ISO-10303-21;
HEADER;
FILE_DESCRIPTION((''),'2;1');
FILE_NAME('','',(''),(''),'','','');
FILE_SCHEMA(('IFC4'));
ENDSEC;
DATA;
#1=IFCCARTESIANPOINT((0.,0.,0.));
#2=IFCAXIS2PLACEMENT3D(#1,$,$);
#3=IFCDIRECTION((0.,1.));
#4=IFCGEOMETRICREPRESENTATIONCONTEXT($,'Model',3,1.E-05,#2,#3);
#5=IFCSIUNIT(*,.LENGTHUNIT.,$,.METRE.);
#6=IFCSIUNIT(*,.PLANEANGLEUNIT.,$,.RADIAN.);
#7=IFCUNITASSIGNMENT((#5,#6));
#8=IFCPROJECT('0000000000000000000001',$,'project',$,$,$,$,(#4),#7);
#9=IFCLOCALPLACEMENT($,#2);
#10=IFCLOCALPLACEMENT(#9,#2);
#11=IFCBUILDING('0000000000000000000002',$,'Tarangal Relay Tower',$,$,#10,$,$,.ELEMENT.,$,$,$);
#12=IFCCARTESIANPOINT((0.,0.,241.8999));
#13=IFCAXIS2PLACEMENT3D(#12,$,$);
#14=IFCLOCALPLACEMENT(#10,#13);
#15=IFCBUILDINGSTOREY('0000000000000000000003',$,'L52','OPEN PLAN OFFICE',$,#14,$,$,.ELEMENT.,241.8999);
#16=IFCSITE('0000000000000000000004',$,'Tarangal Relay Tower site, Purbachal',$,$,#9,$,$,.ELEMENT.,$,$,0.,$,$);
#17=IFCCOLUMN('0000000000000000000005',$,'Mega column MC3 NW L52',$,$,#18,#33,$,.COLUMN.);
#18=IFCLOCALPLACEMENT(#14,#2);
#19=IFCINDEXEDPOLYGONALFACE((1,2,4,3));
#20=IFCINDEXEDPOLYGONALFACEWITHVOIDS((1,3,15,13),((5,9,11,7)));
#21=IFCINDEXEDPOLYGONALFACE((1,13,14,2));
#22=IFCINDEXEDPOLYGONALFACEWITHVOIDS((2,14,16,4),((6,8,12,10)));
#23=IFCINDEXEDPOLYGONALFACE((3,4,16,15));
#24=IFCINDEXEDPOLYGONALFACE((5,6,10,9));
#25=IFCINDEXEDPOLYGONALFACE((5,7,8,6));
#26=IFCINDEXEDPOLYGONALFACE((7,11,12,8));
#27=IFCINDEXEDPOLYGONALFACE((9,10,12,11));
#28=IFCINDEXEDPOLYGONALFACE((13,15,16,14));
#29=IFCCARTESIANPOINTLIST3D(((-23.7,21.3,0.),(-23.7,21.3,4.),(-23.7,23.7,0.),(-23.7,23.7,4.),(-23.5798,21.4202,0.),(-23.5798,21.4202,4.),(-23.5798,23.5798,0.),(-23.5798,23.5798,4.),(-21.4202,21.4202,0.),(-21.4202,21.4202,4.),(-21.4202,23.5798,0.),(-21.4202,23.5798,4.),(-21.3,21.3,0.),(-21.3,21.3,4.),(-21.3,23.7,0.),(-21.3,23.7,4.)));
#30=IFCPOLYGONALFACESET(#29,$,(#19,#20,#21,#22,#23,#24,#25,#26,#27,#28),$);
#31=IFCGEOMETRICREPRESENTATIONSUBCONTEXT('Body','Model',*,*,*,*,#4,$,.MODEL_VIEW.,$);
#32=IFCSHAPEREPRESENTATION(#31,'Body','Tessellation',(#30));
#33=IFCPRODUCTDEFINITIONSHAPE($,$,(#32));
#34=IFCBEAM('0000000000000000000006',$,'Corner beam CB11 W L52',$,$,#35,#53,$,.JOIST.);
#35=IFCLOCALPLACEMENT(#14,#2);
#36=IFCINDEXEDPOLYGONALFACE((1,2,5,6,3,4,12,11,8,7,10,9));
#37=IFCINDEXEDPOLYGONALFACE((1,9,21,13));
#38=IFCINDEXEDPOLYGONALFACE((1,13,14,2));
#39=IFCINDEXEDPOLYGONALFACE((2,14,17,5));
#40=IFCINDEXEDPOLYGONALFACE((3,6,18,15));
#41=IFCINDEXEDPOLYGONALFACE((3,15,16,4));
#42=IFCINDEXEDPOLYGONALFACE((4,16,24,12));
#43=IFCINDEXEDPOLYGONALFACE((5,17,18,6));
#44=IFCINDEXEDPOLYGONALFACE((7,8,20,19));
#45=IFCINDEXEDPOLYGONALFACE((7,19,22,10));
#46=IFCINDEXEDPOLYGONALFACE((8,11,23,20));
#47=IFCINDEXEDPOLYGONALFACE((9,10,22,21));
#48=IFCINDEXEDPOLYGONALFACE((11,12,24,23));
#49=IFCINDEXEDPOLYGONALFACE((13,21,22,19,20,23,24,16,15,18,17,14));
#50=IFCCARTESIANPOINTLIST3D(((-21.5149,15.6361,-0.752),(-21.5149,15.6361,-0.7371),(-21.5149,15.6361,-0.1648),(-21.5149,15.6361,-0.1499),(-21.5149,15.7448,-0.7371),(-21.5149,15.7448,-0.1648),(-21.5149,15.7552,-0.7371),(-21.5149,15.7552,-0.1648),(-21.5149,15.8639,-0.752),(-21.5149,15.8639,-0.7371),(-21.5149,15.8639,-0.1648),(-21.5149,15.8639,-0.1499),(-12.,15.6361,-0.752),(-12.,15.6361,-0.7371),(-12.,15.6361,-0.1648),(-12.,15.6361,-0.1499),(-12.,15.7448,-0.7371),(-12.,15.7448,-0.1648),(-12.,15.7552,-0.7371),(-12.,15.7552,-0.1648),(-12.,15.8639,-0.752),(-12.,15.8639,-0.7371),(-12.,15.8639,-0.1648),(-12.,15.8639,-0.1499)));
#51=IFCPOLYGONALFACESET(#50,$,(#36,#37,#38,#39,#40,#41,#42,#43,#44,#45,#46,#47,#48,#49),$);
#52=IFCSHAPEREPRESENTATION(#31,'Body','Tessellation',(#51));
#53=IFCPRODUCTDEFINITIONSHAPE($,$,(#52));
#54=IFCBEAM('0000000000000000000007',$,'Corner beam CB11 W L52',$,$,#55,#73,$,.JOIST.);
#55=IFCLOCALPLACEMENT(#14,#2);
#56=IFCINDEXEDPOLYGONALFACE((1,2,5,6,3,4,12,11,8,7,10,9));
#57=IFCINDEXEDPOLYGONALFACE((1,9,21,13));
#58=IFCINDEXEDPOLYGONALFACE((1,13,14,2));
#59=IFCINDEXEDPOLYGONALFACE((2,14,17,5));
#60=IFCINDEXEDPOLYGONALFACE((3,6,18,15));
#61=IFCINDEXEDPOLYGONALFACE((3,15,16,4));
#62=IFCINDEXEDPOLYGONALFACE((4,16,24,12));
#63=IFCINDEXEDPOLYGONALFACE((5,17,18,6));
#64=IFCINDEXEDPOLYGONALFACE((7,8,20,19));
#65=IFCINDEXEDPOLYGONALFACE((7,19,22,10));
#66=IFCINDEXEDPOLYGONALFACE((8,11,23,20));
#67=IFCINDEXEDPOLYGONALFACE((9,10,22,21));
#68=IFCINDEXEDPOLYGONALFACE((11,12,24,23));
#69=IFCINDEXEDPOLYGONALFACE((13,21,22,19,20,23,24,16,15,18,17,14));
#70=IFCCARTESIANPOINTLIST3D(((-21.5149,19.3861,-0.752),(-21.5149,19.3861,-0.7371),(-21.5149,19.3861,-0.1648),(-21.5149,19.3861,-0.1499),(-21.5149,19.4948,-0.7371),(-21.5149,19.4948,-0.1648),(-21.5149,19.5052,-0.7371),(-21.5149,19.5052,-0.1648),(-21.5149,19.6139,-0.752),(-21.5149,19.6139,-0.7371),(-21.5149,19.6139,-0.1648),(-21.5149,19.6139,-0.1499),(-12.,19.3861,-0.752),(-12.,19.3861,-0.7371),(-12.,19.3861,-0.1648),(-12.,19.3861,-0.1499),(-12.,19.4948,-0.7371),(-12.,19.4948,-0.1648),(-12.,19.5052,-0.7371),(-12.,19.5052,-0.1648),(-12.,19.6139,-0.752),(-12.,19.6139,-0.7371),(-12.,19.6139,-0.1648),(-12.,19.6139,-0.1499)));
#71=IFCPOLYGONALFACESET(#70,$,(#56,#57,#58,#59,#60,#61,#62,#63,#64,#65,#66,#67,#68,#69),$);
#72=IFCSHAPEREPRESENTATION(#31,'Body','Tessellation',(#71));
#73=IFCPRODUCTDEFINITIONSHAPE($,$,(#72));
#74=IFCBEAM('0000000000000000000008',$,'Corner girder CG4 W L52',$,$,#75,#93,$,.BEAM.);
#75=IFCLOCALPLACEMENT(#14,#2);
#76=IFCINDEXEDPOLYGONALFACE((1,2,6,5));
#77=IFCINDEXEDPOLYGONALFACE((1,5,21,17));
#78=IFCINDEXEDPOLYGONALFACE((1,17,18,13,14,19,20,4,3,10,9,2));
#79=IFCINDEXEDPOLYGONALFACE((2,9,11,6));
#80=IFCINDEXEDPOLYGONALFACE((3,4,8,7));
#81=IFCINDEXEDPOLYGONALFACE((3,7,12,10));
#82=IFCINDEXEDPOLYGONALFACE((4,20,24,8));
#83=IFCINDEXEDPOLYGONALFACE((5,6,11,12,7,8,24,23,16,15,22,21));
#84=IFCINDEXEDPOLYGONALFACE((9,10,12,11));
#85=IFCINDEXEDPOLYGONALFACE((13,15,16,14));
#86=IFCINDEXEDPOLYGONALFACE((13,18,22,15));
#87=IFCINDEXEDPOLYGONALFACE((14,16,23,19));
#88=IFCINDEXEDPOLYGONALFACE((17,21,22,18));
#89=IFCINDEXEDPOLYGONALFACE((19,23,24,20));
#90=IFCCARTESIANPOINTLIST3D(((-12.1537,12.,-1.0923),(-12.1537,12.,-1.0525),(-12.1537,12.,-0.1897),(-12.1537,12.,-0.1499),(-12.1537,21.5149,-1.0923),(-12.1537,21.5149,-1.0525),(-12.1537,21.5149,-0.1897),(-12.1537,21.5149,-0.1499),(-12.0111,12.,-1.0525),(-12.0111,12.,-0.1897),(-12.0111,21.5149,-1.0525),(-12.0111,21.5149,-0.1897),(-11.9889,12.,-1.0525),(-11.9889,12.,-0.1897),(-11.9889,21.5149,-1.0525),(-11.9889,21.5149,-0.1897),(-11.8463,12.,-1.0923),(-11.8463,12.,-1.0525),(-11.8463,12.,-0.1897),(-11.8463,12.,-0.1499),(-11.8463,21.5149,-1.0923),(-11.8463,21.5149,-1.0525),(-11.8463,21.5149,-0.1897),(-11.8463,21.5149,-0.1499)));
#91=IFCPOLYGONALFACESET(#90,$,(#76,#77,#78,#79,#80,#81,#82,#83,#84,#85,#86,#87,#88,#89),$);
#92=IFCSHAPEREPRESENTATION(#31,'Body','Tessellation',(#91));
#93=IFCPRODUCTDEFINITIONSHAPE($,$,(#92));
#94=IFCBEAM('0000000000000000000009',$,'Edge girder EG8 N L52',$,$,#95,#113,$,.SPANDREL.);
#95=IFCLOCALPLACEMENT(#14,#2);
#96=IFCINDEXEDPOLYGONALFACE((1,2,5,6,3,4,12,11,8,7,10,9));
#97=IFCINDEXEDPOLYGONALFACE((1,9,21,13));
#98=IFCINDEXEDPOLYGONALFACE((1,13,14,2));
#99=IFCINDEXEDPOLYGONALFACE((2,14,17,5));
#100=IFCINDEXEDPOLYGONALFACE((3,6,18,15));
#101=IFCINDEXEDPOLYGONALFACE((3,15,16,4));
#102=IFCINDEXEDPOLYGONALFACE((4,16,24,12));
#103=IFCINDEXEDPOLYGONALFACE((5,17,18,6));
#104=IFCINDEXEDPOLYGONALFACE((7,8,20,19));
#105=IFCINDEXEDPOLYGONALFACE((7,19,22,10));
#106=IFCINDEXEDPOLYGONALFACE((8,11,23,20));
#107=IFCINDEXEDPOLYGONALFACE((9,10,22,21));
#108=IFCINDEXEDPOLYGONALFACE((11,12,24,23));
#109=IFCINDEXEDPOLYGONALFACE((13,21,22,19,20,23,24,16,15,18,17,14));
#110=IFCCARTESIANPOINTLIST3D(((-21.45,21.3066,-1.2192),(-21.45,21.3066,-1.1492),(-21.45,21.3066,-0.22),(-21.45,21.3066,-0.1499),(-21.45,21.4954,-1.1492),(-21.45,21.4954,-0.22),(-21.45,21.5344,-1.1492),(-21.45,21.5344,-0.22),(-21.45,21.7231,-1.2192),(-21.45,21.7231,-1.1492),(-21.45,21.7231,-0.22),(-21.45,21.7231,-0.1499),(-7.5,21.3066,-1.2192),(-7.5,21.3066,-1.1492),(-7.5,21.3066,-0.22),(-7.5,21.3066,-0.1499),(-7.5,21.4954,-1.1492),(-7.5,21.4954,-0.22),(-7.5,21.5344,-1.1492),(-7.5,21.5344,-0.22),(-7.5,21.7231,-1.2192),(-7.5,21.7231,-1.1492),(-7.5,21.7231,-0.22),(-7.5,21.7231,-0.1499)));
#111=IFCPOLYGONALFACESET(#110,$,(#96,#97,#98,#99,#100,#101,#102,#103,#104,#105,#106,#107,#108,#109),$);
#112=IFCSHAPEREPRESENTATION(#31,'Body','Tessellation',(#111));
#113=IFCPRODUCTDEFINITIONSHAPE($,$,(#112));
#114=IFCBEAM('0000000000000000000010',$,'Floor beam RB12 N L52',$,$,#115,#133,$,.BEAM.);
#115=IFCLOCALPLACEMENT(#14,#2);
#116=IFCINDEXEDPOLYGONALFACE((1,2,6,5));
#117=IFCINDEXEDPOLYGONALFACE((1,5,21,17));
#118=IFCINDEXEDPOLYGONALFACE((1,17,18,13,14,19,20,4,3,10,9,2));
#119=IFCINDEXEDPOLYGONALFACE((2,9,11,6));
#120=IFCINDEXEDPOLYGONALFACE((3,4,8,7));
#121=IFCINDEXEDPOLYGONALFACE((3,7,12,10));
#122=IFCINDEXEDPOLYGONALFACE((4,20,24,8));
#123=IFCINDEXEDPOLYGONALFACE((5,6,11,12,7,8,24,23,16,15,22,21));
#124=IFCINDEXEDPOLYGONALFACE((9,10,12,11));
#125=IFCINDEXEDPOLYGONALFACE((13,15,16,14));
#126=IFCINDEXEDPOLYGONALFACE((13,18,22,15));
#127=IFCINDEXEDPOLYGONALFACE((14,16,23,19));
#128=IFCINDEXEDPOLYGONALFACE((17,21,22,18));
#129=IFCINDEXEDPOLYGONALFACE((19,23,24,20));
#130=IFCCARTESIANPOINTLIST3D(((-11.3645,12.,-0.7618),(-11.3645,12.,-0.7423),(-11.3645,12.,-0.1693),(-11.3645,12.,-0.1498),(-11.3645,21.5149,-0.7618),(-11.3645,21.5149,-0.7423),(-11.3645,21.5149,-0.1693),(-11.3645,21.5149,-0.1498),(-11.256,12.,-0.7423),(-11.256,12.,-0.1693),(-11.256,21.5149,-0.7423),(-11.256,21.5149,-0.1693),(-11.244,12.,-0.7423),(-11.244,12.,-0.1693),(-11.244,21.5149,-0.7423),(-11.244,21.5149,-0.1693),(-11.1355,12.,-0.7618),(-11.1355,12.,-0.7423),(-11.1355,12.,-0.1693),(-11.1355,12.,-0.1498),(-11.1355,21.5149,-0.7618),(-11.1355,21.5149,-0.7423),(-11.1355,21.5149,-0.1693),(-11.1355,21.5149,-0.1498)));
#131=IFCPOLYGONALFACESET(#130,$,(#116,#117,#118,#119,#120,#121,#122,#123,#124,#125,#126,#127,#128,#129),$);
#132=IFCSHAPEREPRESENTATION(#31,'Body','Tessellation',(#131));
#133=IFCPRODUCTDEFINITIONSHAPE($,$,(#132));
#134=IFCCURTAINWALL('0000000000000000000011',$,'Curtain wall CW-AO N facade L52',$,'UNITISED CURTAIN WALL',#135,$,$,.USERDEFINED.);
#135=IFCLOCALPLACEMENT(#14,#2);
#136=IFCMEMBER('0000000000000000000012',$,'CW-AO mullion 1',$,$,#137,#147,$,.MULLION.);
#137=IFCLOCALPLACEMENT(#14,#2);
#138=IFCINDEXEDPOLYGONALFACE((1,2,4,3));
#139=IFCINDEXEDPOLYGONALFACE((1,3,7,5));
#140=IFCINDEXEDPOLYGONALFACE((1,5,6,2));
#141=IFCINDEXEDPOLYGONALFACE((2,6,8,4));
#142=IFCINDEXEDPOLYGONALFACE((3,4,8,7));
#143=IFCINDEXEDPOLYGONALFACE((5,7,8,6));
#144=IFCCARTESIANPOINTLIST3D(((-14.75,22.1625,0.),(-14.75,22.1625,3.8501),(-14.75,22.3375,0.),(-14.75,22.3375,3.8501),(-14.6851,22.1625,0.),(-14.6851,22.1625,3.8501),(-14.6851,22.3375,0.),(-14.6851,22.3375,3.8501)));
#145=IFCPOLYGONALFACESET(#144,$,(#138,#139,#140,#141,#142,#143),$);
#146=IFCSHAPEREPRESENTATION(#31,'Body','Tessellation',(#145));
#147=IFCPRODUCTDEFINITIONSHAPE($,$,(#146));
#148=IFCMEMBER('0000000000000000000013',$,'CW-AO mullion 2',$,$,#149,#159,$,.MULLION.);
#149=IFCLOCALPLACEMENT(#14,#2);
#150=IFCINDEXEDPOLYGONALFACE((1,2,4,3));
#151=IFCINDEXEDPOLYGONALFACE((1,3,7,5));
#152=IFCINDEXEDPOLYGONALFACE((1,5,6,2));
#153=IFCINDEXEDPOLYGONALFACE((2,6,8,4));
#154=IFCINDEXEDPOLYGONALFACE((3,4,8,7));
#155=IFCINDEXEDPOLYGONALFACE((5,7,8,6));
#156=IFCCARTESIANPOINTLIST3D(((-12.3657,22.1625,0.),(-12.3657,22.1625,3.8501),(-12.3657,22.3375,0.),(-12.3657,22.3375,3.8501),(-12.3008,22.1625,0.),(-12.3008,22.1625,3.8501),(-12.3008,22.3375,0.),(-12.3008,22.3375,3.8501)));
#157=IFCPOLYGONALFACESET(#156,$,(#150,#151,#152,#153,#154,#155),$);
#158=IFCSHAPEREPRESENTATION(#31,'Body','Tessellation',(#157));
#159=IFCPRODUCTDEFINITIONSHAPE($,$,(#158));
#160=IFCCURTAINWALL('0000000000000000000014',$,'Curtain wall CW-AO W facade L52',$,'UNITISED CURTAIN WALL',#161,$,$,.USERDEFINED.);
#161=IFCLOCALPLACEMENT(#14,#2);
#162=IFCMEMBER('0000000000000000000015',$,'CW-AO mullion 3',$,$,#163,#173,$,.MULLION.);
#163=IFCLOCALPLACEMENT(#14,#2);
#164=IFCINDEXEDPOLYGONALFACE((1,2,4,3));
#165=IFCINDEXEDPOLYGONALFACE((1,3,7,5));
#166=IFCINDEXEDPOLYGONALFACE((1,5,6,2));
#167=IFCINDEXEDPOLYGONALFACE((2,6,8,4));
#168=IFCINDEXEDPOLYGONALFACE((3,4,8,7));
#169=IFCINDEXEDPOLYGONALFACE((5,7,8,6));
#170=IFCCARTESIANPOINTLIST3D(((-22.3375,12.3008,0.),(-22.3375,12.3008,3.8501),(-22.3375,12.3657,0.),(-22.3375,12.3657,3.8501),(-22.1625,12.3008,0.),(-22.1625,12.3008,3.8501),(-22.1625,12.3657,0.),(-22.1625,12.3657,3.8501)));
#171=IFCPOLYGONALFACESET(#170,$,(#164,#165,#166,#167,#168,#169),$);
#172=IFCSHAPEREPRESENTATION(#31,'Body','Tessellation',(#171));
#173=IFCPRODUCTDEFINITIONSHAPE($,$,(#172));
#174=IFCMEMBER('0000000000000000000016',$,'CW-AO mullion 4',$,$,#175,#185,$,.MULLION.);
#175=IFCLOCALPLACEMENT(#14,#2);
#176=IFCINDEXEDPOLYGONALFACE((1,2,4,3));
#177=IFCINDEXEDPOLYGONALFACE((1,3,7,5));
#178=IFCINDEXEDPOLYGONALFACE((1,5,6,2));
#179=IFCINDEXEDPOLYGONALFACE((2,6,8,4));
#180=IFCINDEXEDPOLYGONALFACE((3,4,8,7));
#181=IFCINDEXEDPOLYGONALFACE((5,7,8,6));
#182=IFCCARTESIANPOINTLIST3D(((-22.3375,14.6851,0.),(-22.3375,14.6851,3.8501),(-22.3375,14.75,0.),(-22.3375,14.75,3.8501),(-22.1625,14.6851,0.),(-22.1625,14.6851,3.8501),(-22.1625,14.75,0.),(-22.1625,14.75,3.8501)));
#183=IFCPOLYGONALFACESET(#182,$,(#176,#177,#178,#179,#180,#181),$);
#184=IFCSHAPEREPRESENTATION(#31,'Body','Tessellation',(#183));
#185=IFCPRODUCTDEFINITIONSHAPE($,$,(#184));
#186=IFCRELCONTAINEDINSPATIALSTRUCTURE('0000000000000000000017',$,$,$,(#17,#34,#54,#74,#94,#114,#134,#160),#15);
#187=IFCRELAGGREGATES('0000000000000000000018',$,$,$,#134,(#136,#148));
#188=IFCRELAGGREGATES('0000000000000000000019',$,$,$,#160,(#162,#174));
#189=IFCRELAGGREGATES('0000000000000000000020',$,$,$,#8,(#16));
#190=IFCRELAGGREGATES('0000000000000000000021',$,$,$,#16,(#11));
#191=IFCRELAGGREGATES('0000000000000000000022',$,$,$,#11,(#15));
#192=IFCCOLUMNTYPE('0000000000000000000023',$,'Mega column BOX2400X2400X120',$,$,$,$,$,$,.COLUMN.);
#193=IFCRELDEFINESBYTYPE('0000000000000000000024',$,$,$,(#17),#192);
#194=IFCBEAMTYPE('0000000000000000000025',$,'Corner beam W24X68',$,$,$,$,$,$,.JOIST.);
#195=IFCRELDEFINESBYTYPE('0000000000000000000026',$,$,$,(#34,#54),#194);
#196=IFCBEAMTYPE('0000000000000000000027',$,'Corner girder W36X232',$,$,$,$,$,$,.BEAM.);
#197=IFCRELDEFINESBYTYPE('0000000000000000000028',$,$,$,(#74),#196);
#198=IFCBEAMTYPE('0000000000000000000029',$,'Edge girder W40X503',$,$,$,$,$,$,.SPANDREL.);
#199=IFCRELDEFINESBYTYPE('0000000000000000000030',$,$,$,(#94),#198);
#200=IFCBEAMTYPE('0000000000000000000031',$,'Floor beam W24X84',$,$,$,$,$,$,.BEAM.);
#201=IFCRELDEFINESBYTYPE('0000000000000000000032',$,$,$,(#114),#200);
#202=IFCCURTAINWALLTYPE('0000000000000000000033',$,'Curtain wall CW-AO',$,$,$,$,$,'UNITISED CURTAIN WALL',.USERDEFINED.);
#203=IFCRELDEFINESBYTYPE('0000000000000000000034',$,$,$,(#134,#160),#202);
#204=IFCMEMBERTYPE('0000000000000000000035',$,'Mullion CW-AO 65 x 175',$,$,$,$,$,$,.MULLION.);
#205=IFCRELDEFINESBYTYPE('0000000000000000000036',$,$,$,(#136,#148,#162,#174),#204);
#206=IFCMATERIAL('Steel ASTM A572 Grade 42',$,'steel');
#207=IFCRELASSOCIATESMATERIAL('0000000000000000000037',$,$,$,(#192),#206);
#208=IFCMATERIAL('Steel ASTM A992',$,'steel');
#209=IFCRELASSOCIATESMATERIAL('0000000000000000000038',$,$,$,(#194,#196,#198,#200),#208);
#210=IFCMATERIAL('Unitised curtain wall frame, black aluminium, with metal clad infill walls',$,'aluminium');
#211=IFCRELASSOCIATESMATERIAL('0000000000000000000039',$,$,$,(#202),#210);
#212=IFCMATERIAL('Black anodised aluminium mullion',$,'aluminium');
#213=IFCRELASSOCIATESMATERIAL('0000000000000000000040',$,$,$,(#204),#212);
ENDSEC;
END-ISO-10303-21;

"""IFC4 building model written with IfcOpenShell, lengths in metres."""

from ifc_helpers import new_model, si_unit, direction, frame, origin, origin_2d, place, context, subcontext, project, spatial, rectangle, hollow_rectangle, i_section, extrude, material, material_profile, profile_set, type_object, element, aggregate, save


model = new_model("IFC4")

# Units and contexts
model_context = context("Model", 3, precision=1e-05, world=origin(), true_north=direction((0.0, 1.0)))
body_context = subcontext(model_context, "Body", "Model", "MODEL_VIEW")
ifc_project = project(units=[si_unit("LENGTHUNIT", "METRE"), si_unit("PLANEANGLEUNIT", "RADIAN")], contexts=[model_context])

# Site, building, storey
site_placement = place(None, origin())
site = spatial("IfcSite", under=ifc_project, at=site_placement, Name="Tarangal Relay Tower site, Purbachal", CompositionType="ELEMENT", RefElevation=0.0)
building_placement = place(site_placement, origin())
building = spatial("IfcBuilding", under=site, at=building_placement, Name="Tarangal Relay Tower", CompositionType="ELEMENT")
storey_placement = place(building_placement, frame((0.0, 0.0, 241.8999)))
storey = spatial("IfcBuildingStorey", under=building, at=storey_placement, Name="L52", Description="OPEN PLAN OFFICE", CompositionType="ELEMENT", Elevation=241.8999)

# Column
ifc_material_1 = material(Name="Steel ASTM A572 Grade 42", Category="steel")
ifc_material_profile_1 = material_profile(ifc_material_1, hollow_rectangle(XDim=2.3999, YDim=2.3999, WallThickness=0.1201, at=origin_2d()), Name="BOX2400X2400X120")
ifc_profile_set_1 = profile_set([ifc_material_profile_1], Name="Steel ASTM A572 Grade 42")
column_type = type_object("IfcColumnType", Name="Mega column BOX2400X2400X120", PredefinedType="COLUMN", material=ifc_profile_set_1)
column_placement = place(storey_placement, frame((-22.5, 22.5, 0.0), z_axis=(0.0, 0.0, 1.0), x_axis=(1.0, 0.0, 0.0)))
element("IfcColumn", 1, at=column_placement, inside=storey, type_object=column_type, Name="Mega column MC3 NW L52", PredefinedType="COLUMN", context=body_context, shape_type="SweptSolid", body=[
    extrude(hollow_rectangle(XDim=2.3999, YDim=2.3999, WallThickness=0.1201, at=origin_2d()), origin(), (0.0, 0.0, 1.0), 4.0),
])

# Beams
ifc_material_2 = material(Name="Steel ASTM A992", Category="steel")
ifc_material_profile_2 = material_profile(ifc_material_2, i_section(OverallWidth=0.2278, OverallDepth=0.6021, WebThickness=0.0105, FlangeThickness=0.0149, at=origin_2d()), Name="W24X68")
ifc_profile_set_2 = profile_set([ifc_material_profile_2], Name="Steel ASTM A992")
beam_type_1 = type_object("IfcBeamType", Name="Corner beam W24X68", PredefinedType="JOIST", material=ifc_profile_set_2)
for number, where, z_axis, x_axis, name in (
    (2, (-12.0, 15.75, -0.4509), (-1.0, 0.0, 0.0), (0.0, -1.0, 0.0), "Corner beam CB11 W L52"),
    (3, (-12.0, 19.5, -0.4509), (-1.0, 0.0, 0.0), (0.0, -1.0, 0.0), "Corner beam CB11 W L52"),
):
    element("IfcBeam", number, at=place(storey_placement, frame(where, z_axis=z_axis, x_axis=x_axis)), inside=storey, type_object=beam_type_1, Name=name, PredefinedType="JOIST", context=body_context, shape_type="SweptSolid", body=[
        extrude(i_section(OverallWidth=0.2278, OverallDepth=0.6021, WebThickness=0.0105, FlangeThickness=0.0149, at=origin_2d()), origin(), (0.0, 0.0, 1.0), 9.5149),
    ])
ifc_material_profile_3 = material_profile(ifc_material_2, i_section(OverallWidth=0.3074, OverallDepth=0.9424, WebThickness=0.0222, FlangeThickness=0.0398, at=origin_2d()), Name="W36X232")
ifc_profile_set_3 = profile_set([ifc_material_profile_3], Name="Steel ASTM A992")
beam_type_2 = type_object("IfcBeamType", Name="Corner girder W36X232", PredefinedType="BEAM", material=ifc_profile_set_3)
beam_1_placement = place(storey_placement, frame((-12.0, 12.0, -0.6211), z_axis=(0.0, 1.0, 0.0), x_axis=(-1.0, 0.0, 0.0)))
element("IfcBeam", 4, at=beam_1_placement, inside=storey, type_object=beam_type_2, Name="Corner girder CG4 W L52", PredefinedType="BEAM", context=body_context, shape_type="SweptSolid", body=[
    extrude(i_section(OverallWidth=0.3074, OverallDepth=0.9424, WebThickness=0.0222, FlangeThickness=0.0398, at=origin_2d()), origin(), (0.0, 0.0, 1.0), 9.5149),
])
ifc_material_profile_4 = material_profile(ifc_material_2, i_section(OverallWidth=0.4165, OverallDepth=1.0693, WebThickness=0.0391, FlangeThickness=0.0701, at=origin_2d()), Name="W40X503")
ifc_profile_set_4 = profile_set([ifc_material_profile_4], Name="Steel ASTM A992")
beam_type_3 = type_object("IfcBeamType", Name="Edge girder W40X503", PredefinedType="SPANDREL", material=ifc_profile_set_4)
beam_2_placement = place(storey_placement, frame((-21.45, 21.5149, -0.6846), z_axis=(1.0, 0.0, 0.0), x_axis=(0.0, 1.0, 0.0)))
element("IfcBeam", 5, at=beam_2_placement, inside=storey, type_object=beam_type_3, Name="Edge girder EG8 N L52", PredefinedType="SPANDREL", context=body_context, shape_type="SweptSolid", body=[
    extrude(i_section(OverallWidth=0.4165, OverallDepth=1.0693, WebThickness=0.0391, FlangeThickness=0.0701, at=origin_2d()), origin(), (0.0, 0.0, 1.0), 13.95),
])
ifc_material_profile_5 = material_profile(ifc_material_2, i_section(OverallWidth=0.229, OverallDepth=0.6121, WebThickness=0.012, FlangeThickness=0.0195, at=origin_2d()), Name="W24X84")
ifc_profile_set_5 = profile_set([ifc_material_profile_5], Name="Steel ASTM A992")
beam_type_4 = type_object("IfcBeamType", Name="Floor beam W24X84", PredefinedType="BEAM", material=ifc_profile_set_5)
beam_3_placement = place(storey_placement, frame((-11.25, 12.0, -0.4558), z_axis=(0.0, 1.0, 0.0), x_axis=(-1.0, 0.0, 0.0)))
element("IfcBeam", 6, at=beam_3_placement, inside=storey, type_object=beam_type_4, Name="Floor beam RB12 N L52", PredefinedType="BEAM", context=body_context, shape_type="SweptSolid", body=[
    extrude(i_section(OverallWidth=0.229, OverallDepth=0.6121, WebThickness=0.012, FlangeThickness=0.0195, at=origin_2d()), origin(), (0.0, 0.0, 1.0), 9.5149),
])

# Curtain walls, members
ifc_material_3 = material(Name="Unitised curtain wall frame, black aluminium, with metal clad infill walls", Category="aluminium")
curtain_wall_type = type_object("IfcCurtainWallType", Name="Curtain wall CW-AO", ElementType="UNITISED CURTAIN WALL", PredefinedType="USERDEFINED", material=ifc_material_3)
curtain_wall_1_placement = place(storey_placement, origin())
curtain_wall_1 = element("IfcCurtainWall", 7, at=curtain_wall_1_placement, inside=storey, type_object=curtain_wall_type, Name="Curtain wall CW-AO N facade L52", ObjectType="UNITISED CURTAIN WALL", PredefinedType="USERDEFINED")
ifc_material_4 = material(Name="Black anodised aluminium mullion", Category="aluminium")
ifc_material_profile_6 = material_profile(ifc_material_4, rectangle(XDim=0.175, YDim=0.0649, at=origin_2d()), Name="CW-AOM 65X175")
ifc_profile_set_6 = profile_set([ifc_material_profile_6], Name="Black anodised aluminium mullion")
member_type_1 = type_object("IfcMemberType", Name="Mullion CW-AO 65 x 175", PredefinedType="MULLION", material=ifc_profile_set_6)
member_1_placement = place(storey_placement, frame((-14.7175, 22.25, 0.0), z_axis=(0.0, 0.0, 1.0), x_axis=(0.0, 1.0, 0.0)))
member_1 = element("IfcMember", 8, at=member_1_placement, type_object=member_type_1, Name="CW-AO mullion 1", PredefinedType="MULLION", context=body_context, shape_type="SweptSolid", body=[
    extrude(rectangle(XDim=0.175, YDim=0.0649, at=origin_2d()), origin(), (0.0, 0.0, 1.0), 3.8501),
])
member_2_placement = place(storey_placement, frame((-12.3333, 22.25, 0.0), z_axis=(0.0, 0.0, 1.0), x_axis=(0.0, 1.0, 0.0)))
member_2 = element("IfcMember", 9, at=member_2_placement, type_object=member_type_1, Name="CW-AO mullion 2", PredefinedType="MULLION", context=body_context, shape_type="SweptSolid", body=[
    extrude(rectangle(XDim=0.175, YDim=0.0649, at=origin_2d()), origin(), (0.0, 0.0, 1.0), 3.8501),
])
curtain_wall_2_placement = place(storey_placement, origin())
curtain_wall_2 = element("IfcCurtainWall", 10, at=curtain_wall_2_placement, inside=storey, type_object=curtain_wall_type, Name="Curtain wall CW-AO W facade L52", ObjectType="UNITISED CURTAIN WALL", PredefinedType="USERDEFINED")
member_3_placement = place(storey_placement, frame((-22.25, 12.3333, 0.0), z_axis=(0.0, 0.0, 1.0), x_axis=(-1.0, 0.0, 0.0)))
member_3 = element("IfcMember", 11, at=member_3_placement, type_object=member_type_1, Name="CW-AO mullion 3", PredefinedType="MULLION", context=body_context, shape_type="SweptSolid", body=[
    extrude(rectangle(XDim=0.175, YDim=0.0649, at=origin_2d()), origin(), (0.0, 0.0, 1.0), 3.8501),
])
member_4_placement = place(storey_placement, frame((-22.25, 14.7175, 0.0), z_axis=(0.0, 0.0, 1.0), x_axis=(-1.0, 0.0, 0.0)))
member_4 = element("IfcMember", 12, at=member_4_placement, type_object=member_type_1, Name="CW-AO mullion 4", PredefinedType="MULLION", context=body_context, shape_type="SweptSolid", body=[
    extrude(rectangle(XDim=0.175, YDim=0.0649, at=origin_2d()), origin(), (0.0, 0.0, 1.0), 3.8501),
])

aggregate(curtain_wall_1, [member_1, member_2])
aggregate(curtain_wall_2, [member_3, member_4])

save(model, "model.ifc")
